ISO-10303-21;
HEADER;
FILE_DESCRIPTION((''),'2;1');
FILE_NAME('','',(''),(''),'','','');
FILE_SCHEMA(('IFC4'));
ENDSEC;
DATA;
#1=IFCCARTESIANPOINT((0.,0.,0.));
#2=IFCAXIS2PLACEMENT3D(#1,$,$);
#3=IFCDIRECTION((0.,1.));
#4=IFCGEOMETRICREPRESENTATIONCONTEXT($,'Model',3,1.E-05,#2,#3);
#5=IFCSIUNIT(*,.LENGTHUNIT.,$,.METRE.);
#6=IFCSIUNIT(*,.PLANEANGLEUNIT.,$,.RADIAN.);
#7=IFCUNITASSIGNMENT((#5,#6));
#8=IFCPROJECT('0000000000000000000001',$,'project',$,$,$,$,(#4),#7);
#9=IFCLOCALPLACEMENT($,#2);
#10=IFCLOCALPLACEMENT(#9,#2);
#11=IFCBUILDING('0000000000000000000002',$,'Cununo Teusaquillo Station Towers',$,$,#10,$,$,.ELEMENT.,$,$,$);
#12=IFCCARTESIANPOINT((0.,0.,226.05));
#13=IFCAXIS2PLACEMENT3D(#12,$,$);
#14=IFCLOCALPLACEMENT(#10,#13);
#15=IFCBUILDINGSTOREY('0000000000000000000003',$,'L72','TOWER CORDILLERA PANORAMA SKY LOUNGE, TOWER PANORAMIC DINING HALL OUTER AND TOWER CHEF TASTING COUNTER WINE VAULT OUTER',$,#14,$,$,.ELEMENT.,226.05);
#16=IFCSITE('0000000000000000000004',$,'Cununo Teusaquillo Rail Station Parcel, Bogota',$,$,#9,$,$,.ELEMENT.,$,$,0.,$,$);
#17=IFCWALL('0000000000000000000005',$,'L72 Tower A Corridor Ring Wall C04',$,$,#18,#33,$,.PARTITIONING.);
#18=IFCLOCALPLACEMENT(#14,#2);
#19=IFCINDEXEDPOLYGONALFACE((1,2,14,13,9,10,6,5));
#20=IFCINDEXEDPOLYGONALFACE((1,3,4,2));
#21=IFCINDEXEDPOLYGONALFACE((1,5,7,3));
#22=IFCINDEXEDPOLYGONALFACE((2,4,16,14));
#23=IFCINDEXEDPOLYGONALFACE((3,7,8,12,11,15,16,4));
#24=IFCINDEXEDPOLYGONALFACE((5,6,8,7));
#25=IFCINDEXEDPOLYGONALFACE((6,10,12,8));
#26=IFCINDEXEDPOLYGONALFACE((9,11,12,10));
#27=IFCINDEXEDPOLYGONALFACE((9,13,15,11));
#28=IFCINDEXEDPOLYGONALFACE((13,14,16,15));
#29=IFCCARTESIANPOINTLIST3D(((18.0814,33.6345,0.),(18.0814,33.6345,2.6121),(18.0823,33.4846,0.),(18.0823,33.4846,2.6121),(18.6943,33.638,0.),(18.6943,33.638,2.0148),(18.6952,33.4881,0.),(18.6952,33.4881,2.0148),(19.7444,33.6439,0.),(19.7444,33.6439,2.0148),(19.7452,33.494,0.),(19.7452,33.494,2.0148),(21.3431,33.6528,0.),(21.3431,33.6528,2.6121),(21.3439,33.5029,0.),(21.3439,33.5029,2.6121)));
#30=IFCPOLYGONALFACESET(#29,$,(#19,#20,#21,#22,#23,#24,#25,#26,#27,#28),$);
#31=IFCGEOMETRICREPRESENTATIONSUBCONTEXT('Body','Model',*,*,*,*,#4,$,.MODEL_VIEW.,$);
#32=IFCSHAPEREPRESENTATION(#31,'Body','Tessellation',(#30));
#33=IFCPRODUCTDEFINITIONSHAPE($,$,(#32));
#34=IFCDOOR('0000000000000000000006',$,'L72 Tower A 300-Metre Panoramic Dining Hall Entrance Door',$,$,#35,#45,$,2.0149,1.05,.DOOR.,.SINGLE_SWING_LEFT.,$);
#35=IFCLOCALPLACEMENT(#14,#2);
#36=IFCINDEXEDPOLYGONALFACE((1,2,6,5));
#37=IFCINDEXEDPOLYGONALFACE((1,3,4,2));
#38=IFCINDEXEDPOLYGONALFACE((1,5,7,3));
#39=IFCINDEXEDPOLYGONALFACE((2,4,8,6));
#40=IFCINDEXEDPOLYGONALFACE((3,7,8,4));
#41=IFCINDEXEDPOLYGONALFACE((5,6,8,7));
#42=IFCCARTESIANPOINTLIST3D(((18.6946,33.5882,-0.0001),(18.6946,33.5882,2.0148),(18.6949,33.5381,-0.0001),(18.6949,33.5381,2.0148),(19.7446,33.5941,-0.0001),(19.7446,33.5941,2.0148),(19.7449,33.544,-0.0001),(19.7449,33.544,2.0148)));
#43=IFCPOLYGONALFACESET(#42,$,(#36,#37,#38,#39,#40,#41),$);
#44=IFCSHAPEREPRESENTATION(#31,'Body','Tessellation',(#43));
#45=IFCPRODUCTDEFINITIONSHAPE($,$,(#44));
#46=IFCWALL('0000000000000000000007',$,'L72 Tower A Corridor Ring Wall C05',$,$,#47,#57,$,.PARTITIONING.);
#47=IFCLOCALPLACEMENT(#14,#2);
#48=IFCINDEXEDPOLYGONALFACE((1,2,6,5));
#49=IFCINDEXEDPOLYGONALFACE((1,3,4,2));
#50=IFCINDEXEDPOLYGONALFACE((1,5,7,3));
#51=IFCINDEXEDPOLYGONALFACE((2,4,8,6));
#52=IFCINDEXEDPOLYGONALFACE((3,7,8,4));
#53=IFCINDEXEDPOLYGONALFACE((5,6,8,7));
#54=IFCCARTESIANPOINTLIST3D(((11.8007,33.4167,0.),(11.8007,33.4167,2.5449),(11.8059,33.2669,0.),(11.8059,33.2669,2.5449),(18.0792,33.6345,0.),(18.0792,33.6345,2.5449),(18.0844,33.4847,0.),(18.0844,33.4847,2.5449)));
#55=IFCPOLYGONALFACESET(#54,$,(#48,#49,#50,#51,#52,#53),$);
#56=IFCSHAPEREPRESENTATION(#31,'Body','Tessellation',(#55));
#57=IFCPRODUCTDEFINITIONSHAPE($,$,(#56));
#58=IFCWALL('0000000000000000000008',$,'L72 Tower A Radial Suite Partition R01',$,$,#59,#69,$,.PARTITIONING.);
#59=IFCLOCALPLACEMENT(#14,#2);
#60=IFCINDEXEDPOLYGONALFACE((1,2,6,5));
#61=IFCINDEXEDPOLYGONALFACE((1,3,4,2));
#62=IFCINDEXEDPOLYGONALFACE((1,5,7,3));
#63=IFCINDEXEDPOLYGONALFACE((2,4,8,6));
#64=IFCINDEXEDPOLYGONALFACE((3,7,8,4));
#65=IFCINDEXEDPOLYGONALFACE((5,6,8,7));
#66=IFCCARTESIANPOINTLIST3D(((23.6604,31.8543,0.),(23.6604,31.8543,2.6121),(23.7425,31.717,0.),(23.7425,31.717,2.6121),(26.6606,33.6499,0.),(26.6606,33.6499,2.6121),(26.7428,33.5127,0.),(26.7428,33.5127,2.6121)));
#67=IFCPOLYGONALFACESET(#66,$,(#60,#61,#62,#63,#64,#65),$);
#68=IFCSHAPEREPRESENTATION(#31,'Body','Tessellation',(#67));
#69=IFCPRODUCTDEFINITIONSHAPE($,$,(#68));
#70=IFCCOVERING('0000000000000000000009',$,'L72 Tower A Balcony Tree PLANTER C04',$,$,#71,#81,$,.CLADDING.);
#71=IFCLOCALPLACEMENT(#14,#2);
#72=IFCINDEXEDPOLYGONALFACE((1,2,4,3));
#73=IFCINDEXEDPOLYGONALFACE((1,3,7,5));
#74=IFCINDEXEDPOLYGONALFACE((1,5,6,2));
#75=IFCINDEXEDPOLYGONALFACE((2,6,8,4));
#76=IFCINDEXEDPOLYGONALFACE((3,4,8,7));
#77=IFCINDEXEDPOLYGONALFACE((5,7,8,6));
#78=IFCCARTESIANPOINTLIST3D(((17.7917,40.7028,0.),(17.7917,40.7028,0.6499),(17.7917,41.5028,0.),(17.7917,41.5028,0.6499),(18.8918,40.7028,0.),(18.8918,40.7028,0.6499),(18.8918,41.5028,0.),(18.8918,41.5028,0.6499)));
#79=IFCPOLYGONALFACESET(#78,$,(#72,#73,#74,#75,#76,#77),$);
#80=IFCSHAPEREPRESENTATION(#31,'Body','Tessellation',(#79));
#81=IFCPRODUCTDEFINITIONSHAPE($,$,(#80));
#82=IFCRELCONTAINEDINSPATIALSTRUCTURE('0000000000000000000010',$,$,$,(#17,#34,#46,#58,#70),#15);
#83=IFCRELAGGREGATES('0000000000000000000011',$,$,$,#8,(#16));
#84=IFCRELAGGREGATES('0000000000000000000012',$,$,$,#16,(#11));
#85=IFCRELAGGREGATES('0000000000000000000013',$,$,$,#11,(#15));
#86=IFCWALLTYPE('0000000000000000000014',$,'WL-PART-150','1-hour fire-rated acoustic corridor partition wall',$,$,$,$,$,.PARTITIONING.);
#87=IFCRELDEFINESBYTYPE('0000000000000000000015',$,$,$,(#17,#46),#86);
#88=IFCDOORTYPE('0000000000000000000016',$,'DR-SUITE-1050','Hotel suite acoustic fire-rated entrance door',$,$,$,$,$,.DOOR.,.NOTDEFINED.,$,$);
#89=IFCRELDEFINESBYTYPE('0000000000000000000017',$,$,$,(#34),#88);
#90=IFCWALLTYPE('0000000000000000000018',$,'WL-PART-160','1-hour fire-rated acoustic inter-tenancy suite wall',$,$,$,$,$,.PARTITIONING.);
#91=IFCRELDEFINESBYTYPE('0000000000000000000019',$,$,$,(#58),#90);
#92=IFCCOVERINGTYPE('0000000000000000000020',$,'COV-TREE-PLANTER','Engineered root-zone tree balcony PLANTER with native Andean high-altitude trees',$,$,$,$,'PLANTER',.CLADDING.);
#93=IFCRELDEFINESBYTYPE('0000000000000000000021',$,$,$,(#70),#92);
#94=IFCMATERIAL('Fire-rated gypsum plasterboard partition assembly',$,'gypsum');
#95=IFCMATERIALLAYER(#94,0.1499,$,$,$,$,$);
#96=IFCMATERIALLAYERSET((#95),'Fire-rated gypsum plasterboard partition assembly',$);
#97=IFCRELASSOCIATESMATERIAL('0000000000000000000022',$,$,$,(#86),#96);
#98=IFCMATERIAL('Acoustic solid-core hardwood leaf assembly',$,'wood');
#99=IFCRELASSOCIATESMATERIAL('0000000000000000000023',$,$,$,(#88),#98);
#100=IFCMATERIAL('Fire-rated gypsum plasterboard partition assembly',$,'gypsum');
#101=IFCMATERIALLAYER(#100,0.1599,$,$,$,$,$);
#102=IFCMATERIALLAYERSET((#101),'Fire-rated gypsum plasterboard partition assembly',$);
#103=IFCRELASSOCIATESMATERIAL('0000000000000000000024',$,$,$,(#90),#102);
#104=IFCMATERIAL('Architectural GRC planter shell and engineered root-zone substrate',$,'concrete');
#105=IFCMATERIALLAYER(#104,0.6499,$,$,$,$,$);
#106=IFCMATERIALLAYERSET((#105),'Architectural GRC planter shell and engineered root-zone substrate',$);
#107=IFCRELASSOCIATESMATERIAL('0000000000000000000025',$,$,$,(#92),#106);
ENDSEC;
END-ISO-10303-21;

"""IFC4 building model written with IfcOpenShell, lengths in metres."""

from ifc_helpers import new_model, si_unit, direction, frame, frame_2d, origin, origin_2d, place, context, subcontext, project, spatial, rectangle, extrude, source, transform, mapped, material, layer, layer_set, type_object, element, fill, save


model = new_model("IFC4")

# Units and contexts
model_context = context("Model", 3, precision=1e-05, world=origin(), true_north=direction((0.0, 1.0)))
body_context = subcontext(model_context, "Body", "Model", "MODEL_VIEW")
ifc_project = project(units=[si_unit("LENGTHUNIT", "METRE"), si_unit("PLANEANGLEUNIT", "RADIAN")], contexts=[model_context])

# Site, building, storey
site_placement = place(None, origin())
site = spatial("IfcSite", under=ifc_project, at=site_placement, Name="Cununo Teusaquillo Rail Station Parcel, Bogota", CompositionType="ELEMENT", RefElevation=0.0)
building_placement = place(site_placement, origin())
building = spatial("IfcBuilding", under=site, at=building_placement, Name="Cununo Teusaquillo Station Towers", CompositionType="ELEMENT")
storey_placement = place(building_placement, frame((0.0, 0.0, 226.05)))
storey = spatial("IfcBuildingStorey", under=building, at=storey_placement, Name="L72", Description="TOWER CORDILLERA PANORAMA SKY LOUNGE, TOWER PANORAMIC DINING HALL OUTER AND TOWER CHEF TASTING COUNTER WINE VAULT OUTER", CompositionType="ELEMENT", Elevation=226.05)

# Shared definitions
ifc_material_1 = material(Name="Fire-rated gypsum plasterboard partition assembly", Category="gypsum")
ifc_layer_1 = layer(ifc_material_1, 0.1499)
ifc_layer_set_1 = layer_set([ifc_layer_1], Name="Fire-rated gypsum plasterboard partition assembly")
wall_type_1 = type_object("IfcWallType", Name="WL-PART-150", Description="1-hour fire-rated acoustic corridor partition wall", PredefinedType="PARTITIONING", material=ifc_layer_set_1)

# Wall, opening, door
wall_1_placement = place(storey_placement, frame((21.3435, 33.5779, 0.0), z_axis=(0.0, 0.0, 1.0), x_axis=(-0.999984, -0.005614, 0.0)))
wall_1 = element("IfcWall", 1, at=wall_1_placement, inside=storey, type_object=wall_type_1, Name="L72 Tower A Corridor Ring Wall C04", PredefinedType="PARTITIONING", context=body_context, shape_type="SweptSolid", body=[
    extrude(rectangle(XDim=3.2617, YDim=0.1499, at=frame_2d((1.6309, 0.0))), origin(), (0.0, 0.0, 1.0), 2.6121),
])
shared_shape_1 = source(origin(), body_context, "Body", "SweptSolid", [
    extrude(rectangle(XDim=1.05, YDim=2.0149, at=frame_2d((0.5249, 1.0073))), frame((0.0, 0.085, 0.0), z_axis=(0.0, -1.0, 0.0), x_axis=(1.0, 0.0, 0.0)), (0.0, 0.0, 1.0), 0.1699),
])
opening_1_placement = place(wall_1_placement, frame((1.5989, 0.0, 0.0)))
opening_1 = element("IfcOpeningElement", 2, at=opening_1_placement, cuts=wall_1, PredefinedType="OPENING", context=body_context, shape_type="MappedRepresentation", body=[
    mapped(shared_shape_1, transform((0.0, 0.0, 0.0), x_axis=(1.0, 0.0, 0.0), y_axis=(0.0, 1.0, 0.0), z_axis=(0.0, 0.0, 1.0), scale=1.0)),
])
ifc_material_2 = material(Name="Acoustic solid-core hardwood leaf assembly", Category="wood")
door_type_1 = type_object("IfcDoorType", Name="DR-SUITE-1050", Description="Hotel suite acoustic fire-rated entrance door", OperationType="NOTDEFINED", PredefinedType="DOOR", material=ifc_material_2)
shared_shape_2 = source(origin(), body_context, "Body", "SweptSolid", [
    extrude(rectangle(XDim=1.05, YDim=2.0149, at=frame_2d((0.5249, 1.0073))), frame((0.0, 0.0249, 0.0), z_axis=(0.0, -1.0, 0.0), x_axis=(1.0, 0.0, 0.0)), (0.0, 0.0, 1.0), 0.05),
])
door_1_placement = place(opening_1_placement, origin())
door_1 = element("IfcDoor", 3, at=door_1_placement, inside=storey, type_object=door_type_1, Name="L72 Tower A 300-Metre Panoramic Dining Hall Entrance Door", OperationType="SINGLE_SWING_LEFT", OverallHeight=2.0149, OverallWidth=1.05, PredefinedType="DOOR", context=body_context, shape_type="MappedRepresentation", body=[
    mapped(shared_shape_2, transform((0.0, 0.0, 0.0), x_axis=(1.0, 0.0, 0.0), y_axis=(0.0, 1.0, 0.0), z_axis=(0.0, 0.0, 1.0), scale=1.0)),
])
fill(opening_1, door_1)

# Walls
wall_2_placement = place(storey_placement, frame((18.0818, 33.5596, 0.0), z_axis=(0.0, 0.0, 1.0), x_axis=(-0.999399, -0.034664, 0.0)))
element("IfcWall", 4, at=wall_2_placement, inside=storey, type_object=wall_type_1, Name="L72 Tower A Corridor Ring Wall C05", PredefinedType="PARTITIONING", context=body_context, shape_type="SweptSolid", body=[
    extrude(rectangle(XDim=6.2822, YDim=0.1499, at=frame_2d((3.1411, 0.0))), origin(), (0.0, 0.0, 1.0), 2.5449),
])
ifc_material_3 = material(Name="Fire-rated gypsum plasterboard partition assembly", Category="gypsum")
ifc_layer_2 = layer(ifc_material_3, 0.1599)
ifc_layer_set_2 = layer_set([ifc_layer_2], Name="Fire-rated gypsum plasterboard partition assembly")
wall_type_2 = type_object("IfcWallType", Name="WL-PART-160", Description="1-hour fire-rated acoustic inter-tenancy suite wall", PredefinedType="PARTITIONING", material=ifc_layer_set_2)
wall_3_placement = place(storey_placement, frame((23.7014, 31.7856, 0.0), z_axis=(0.0, 0.0, 1.0), x_axis=(0.858059, 0.513551, 0.0)))
element("IfcWall", 5, at=wall_3_placement, inside=storey, type_object=wall_type_2, Name="L72 Tower A Radial Suite Partition R01", PredefinedType="PARTITIONING", context=body_context, shape_type="SweptSolid", body=[
    extrude(rectangle(XDim=3.4966, YDim=0.1599, at=frame_2d((1.7483, 0.0))), origin(), (0.0, 0.0, 1.0), 2.6121),
])

# Covering
ifc_material_4 = material(Name="Architectural GRC planter shell and engineered root-zone substrate", Category="concrete")
ifc_layer_3 = layer(ifc_material_4, 0.6499)
ifc_layer_set_3 = layer_set([ifc_layer_3], Name="Architectural GRC planter shell and engineered root-zone substrate")
covering_type = type_object("IfcCoveringType", Name="COV-TREE-PLANTER", Description="Engineered root-zone tree balcony PLANTER with native Andean high-altitude trees", ElementType="PLANTER", PredefinedType="CLADDING", material=ifc_layer_set_3)
shared_shape_3 = source(origin(), body_context, "Body", "SweptSolid", [
    extrude(rectangle(XDim=1.1001, YDim=0.8, at=origin_2d()), origin(), (0.0, 0.0, 1.0), 0.6499),
])
covering_placement = place(storey_placement, frame((18.3418, 41.1028, 0.0), z_axis=(0.0, 0.0, 1.0), x_axis=(1.0, 0.0, 0.0)))
element("IfcCovering", 6, at=covering_placement, inside=storey, type_object=covering_type, Name="L72 Tower A Balcony Tree PLANTER C04", PredefinedType="CLADDING", context=body_context, shape_type="MappedRepresentation", body=[
    mapped(shared_shape_3, transform((0.0, 0.0, 0.0), x_axis=(1.0, 0.0, 0.0), y_axis=(0.0, 1.0, 0.0), z_axis=(0.0, 0.0, 1.0), scale=1.0)),
])

save(model, "model.ifc")
